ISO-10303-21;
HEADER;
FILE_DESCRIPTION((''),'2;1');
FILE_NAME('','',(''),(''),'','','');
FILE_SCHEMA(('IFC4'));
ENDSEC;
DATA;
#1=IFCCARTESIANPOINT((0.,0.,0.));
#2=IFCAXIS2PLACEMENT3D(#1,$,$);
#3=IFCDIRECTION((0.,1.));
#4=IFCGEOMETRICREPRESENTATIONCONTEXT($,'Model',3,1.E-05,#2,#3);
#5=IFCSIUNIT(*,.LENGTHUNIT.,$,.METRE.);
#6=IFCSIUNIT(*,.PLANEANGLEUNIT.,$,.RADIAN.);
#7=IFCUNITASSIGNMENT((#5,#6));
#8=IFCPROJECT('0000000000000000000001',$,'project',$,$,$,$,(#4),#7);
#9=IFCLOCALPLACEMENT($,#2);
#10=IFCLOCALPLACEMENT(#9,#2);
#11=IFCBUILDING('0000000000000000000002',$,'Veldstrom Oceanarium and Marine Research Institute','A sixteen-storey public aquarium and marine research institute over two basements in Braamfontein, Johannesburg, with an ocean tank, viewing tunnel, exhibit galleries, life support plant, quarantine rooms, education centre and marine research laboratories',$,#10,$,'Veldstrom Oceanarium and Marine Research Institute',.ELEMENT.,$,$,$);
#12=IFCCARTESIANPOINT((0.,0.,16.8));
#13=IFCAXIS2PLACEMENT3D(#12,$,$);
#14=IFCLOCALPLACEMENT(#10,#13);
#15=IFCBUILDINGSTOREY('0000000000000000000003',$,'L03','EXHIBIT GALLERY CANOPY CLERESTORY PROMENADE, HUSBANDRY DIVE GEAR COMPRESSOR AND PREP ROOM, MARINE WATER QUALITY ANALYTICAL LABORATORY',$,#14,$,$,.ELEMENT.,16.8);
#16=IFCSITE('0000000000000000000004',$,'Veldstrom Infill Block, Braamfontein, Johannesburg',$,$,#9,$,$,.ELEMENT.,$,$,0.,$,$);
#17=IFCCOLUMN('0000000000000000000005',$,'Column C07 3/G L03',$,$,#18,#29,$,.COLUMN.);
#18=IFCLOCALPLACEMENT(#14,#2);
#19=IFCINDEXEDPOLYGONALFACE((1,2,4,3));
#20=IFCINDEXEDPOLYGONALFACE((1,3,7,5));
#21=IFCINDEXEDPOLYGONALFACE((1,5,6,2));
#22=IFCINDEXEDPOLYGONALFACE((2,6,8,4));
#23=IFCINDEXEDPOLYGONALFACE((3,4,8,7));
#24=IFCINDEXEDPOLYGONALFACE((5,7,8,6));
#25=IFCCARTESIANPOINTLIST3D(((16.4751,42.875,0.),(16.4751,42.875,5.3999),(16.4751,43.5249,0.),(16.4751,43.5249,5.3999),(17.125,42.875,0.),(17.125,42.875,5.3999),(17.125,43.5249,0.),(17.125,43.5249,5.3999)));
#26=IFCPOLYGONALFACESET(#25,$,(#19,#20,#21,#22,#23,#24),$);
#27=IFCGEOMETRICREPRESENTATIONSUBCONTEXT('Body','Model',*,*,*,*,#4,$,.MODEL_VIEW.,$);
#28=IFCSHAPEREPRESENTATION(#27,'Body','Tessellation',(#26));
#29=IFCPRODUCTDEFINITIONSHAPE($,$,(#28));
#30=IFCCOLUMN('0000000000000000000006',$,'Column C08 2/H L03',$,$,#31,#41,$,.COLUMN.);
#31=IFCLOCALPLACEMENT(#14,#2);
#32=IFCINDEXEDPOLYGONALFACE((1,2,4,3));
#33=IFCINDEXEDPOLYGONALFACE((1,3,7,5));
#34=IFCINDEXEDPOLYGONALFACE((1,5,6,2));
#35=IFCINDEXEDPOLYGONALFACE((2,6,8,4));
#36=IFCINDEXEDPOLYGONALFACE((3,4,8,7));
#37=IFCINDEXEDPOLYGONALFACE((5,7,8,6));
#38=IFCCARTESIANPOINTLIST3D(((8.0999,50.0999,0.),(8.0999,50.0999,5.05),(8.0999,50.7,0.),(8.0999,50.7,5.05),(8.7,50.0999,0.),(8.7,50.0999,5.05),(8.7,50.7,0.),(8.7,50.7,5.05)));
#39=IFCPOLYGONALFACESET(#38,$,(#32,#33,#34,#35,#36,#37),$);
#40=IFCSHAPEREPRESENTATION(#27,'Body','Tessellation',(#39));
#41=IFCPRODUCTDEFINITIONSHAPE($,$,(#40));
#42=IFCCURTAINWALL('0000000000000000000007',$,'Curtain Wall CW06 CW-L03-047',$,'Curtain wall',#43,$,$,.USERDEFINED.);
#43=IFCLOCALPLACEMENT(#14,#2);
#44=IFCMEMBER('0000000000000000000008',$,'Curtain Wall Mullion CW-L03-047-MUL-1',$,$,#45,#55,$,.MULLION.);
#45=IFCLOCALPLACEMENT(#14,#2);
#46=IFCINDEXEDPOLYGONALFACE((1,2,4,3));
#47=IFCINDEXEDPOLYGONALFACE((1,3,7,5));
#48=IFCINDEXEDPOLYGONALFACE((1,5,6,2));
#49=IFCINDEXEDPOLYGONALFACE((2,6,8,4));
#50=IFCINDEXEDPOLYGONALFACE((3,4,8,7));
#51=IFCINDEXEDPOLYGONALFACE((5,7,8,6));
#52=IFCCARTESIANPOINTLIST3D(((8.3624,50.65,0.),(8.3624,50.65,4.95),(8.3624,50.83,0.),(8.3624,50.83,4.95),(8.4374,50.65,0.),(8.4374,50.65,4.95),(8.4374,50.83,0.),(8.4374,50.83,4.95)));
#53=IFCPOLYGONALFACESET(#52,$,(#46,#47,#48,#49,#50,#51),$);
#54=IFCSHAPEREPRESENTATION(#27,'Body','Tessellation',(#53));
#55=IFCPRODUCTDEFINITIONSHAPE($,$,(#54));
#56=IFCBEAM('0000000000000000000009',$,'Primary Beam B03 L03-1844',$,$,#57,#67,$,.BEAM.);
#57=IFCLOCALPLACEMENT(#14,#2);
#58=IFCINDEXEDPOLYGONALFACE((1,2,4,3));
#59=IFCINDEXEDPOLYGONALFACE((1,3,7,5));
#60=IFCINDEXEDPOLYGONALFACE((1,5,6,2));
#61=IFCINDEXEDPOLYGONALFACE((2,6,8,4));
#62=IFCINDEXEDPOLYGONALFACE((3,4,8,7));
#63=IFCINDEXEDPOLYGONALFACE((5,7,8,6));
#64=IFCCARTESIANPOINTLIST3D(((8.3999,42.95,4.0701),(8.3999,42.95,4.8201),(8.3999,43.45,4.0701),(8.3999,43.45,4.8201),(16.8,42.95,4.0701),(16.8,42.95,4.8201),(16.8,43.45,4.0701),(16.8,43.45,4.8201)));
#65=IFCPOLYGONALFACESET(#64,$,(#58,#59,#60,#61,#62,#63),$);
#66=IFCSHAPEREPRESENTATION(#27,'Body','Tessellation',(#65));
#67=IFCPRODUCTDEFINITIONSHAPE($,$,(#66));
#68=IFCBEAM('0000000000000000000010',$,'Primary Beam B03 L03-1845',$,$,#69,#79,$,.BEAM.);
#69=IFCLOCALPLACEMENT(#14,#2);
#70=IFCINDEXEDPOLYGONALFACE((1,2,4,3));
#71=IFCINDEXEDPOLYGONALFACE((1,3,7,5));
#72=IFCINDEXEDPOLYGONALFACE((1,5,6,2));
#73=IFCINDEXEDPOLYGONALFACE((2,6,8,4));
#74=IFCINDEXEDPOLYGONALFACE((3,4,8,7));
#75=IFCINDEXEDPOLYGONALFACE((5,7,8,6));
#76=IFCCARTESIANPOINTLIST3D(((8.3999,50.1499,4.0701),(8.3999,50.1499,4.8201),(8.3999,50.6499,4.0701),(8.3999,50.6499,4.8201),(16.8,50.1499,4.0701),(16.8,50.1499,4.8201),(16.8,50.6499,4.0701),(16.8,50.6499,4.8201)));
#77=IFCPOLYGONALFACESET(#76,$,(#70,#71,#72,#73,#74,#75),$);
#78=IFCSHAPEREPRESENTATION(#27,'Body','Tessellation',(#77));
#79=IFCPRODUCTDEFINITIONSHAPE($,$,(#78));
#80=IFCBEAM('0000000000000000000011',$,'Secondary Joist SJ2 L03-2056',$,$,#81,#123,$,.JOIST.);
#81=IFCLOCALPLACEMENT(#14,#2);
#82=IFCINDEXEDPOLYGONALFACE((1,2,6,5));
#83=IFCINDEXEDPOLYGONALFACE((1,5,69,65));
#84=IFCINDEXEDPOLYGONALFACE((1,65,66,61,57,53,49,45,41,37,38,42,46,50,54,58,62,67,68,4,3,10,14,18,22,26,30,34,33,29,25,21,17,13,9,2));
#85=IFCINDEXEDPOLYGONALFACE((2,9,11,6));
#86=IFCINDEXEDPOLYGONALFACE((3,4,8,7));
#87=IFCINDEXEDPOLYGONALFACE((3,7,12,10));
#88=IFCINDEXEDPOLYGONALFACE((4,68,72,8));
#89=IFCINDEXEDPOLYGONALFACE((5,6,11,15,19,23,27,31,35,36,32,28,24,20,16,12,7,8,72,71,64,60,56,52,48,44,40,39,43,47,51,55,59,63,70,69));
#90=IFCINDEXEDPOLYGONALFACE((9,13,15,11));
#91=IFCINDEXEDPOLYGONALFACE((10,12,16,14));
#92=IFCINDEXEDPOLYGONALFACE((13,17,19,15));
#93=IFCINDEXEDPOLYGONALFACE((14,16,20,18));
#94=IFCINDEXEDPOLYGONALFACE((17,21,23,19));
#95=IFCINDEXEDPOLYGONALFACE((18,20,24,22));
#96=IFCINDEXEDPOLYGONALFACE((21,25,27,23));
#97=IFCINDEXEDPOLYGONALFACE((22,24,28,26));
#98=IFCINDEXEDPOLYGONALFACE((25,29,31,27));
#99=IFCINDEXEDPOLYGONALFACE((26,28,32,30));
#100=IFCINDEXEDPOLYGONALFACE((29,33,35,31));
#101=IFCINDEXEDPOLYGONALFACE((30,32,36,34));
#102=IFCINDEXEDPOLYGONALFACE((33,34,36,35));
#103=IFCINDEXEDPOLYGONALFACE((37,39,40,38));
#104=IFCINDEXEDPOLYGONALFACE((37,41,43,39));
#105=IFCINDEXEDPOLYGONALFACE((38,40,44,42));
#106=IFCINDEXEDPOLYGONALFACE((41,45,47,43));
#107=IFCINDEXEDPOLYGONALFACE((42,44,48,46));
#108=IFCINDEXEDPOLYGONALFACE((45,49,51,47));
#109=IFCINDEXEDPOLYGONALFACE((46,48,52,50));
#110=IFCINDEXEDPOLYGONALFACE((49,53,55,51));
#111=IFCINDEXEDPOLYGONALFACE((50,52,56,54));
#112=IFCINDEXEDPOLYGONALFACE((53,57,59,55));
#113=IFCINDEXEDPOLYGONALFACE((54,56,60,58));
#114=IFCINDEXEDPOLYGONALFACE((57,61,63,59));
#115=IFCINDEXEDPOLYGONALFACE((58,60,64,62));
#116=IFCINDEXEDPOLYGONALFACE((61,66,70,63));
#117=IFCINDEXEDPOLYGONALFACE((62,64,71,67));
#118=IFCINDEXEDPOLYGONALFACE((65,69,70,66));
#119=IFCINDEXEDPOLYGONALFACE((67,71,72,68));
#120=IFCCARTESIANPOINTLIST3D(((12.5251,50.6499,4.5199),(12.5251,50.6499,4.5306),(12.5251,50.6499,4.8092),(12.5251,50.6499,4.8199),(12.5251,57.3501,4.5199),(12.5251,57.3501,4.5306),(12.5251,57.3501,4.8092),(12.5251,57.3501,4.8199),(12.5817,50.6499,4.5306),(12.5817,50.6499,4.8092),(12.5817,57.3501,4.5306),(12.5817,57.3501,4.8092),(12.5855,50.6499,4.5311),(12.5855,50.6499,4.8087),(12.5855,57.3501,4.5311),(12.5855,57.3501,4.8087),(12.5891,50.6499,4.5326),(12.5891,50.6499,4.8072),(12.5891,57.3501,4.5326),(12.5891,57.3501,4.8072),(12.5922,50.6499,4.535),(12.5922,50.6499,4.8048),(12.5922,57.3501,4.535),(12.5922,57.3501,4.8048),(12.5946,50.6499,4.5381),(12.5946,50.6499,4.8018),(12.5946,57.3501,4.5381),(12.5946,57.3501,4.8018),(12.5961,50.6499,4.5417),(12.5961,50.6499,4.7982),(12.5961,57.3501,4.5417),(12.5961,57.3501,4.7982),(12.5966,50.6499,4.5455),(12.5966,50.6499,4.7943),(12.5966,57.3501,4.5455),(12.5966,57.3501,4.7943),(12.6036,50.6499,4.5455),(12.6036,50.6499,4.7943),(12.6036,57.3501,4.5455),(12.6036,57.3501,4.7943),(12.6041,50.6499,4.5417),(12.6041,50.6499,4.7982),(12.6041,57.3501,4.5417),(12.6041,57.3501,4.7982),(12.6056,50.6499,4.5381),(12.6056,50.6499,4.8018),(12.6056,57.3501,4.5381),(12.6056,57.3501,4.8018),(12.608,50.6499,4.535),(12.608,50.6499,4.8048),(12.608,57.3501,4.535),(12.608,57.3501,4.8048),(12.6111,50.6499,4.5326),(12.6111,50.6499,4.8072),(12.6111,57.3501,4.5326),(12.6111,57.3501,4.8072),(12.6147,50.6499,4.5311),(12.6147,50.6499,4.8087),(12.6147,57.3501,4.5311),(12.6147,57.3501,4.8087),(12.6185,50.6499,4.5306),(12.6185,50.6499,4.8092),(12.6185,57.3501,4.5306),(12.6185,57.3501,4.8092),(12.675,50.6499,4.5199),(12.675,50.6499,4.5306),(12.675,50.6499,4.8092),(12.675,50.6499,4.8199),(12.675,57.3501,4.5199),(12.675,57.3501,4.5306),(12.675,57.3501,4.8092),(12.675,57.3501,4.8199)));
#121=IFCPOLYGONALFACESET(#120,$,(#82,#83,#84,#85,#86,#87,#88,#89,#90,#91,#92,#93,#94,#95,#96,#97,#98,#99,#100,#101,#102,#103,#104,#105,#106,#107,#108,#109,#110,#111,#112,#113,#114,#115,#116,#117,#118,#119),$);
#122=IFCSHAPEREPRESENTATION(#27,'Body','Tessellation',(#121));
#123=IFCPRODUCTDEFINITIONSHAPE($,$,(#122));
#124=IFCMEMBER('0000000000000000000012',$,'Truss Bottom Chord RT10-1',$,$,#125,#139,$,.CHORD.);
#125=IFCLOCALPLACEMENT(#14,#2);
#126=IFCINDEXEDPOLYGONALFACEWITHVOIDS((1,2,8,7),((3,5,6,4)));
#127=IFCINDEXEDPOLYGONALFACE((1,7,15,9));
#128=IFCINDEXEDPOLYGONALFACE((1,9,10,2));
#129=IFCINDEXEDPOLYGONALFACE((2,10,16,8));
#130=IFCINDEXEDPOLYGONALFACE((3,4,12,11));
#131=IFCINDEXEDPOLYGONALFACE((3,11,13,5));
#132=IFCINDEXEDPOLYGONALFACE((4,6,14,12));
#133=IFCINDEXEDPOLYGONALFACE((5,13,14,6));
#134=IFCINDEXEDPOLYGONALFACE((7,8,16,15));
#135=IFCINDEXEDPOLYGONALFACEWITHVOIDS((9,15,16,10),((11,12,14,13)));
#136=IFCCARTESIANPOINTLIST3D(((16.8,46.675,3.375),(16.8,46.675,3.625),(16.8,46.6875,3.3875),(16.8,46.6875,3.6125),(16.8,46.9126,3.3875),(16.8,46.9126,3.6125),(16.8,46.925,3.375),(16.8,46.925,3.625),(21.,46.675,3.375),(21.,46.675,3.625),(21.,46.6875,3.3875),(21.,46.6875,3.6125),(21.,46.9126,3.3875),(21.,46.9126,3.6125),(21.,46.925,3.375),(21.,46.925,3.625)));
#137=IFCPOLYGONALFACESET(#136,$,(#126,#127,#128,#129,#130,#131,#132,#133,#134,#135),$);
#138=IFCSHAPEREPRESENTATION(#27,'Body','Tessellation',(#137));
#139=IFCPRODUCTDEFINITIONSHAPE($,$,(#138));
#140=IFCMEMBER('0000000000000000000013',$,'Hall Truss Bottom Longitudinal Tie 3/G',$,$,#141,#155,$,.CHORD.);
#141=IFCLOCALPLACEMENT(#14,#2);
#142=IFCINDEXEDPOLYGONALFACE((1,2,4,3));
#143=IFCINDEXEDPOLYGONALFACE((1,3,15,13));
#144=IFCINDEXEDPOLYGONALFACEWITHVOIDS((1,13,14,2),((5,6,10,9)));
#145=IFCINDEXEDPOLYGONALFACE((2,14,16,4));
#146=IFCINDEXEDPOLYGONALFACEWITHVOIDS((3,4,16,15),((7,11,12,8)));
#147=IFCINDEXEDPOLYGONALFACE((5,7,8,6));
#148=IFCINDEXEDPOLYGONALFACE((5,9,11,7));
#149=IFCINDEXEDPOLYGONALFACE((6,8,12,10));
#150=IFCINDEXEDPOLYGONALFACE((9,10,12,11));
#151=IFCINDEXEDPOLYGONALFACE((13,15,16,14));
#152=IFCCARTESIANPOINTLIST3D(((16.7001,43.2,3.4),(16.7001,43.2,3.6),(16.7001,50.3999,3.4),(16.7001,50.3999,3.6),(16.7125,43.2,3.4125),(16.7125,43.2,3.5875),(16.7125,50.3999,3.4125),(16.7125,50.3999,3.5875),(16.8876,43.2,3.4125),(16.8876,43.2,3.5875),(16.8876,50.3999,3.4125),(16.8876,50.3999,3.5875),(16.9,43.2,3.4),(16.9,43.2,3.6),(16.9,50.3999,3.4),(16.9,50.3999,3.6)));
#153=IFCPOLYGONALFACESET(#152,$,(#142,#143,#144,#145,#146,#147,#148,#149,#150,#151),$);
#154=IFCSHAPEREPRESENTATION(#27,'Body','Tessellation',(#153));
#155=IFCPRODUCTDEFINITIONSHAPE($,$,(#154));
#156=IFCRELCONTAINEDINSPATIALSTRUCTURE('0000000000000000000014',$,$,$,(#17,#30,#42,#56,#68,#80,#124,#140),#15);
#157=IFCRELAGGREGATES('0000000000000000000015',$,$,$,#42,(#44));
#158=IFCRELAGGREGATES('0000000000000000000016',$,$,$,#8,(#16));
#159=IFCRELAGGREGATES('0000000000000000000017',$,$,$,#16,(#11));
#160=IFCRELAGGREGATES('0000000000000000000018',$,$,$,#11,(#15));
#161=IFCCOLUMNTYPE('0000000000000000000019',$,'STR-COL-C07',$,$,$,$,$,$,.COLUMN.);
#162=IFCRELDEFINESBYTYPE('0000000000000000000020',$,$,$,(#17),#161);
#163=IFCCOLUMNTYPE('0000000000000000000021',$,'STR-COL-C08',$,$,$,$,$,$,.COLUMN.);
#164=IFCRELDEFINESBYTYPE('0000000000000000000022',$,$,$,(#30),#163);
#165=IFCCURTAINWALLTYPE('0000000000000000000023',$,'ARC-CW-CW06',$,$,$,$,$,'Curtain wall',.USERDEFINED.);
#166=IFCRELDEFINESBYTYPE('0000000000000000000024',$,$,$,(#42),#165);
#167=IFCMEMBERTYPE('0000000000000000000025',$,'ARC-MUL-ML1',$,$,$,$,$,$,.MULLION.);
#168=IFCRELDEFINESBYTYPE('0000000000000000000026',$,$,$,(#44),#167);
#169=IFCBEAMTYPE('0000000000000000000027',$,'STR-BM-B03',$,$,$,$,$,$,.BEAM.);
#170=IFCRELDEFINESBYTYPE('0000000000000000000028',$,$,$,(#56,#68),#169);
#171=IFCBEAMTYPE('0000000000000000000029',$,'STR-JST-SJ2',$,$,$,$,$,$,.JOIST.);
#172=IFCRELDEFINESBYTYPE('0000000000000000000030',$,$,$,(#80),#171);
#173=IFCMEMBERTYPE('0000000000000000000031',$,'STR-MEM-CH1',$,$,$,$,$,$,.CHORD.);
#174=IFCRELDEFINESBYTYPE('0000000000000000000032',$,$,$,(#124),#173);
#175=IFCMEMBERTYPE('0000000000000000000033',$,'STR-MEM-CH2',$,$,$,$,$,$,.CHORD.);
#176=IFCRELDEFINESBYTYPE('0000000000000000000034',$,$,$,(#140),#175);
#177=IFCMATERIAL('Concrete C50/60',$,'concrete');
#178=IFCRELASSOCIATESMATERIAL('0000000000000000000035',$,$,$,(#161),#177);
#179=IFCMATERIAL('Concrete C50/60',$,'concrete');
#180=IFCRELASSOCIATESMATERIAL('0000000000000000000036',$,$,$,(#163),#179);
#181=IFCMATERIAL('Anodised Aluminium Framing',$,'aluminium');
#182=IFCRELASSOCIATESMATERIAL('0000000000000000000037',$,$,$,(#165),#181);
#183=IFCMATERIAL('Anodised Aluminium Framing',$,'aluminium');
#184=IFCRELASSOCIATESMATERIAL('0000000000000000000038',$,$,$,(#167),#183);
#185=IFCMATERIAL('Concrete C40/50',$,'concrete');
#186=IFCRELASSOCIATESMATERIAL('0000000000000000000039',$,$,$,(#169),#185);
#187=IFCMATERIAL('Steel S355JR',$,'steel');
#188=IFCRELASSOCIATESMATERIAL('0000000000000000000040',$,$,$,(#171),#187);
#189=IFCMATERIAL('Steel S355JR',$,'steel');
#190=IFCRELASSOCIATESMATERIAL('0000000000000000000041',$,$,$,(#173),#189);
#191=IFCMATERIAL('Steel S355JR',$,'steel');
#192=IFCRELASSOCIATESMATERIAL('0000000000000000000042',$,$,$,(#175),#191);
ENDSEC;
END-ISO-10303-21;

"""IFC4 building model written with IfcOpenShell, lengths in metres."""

from ifc_helpers import new_model, si_unit, direction, frame, origin, origin_2d, place, context, subcontext, project, spatial, rectangle, hollow_rectangle, i_section, extrude, material, material_profile, profile_set, type_object, element, aggregate, save


model = new_model("IFC4")

# Units and contexts
model_context = context("Model", 3, precision=1e-05, world=origin(), true_north=direction((0.0, 1.0)))
body_context = subcontext(model_context, "Body", "Model", "MODEL_VIEW")
ifc_project = project(units=[si_unit("LENGTHUNIT", "METRE"), si_unit("PLANEANGLEUNIT", "RADIAN")], contexts=[model_context])

# Site, building, storey
site_placement = place(None, origin())
site = spatial("IfcSite", under=ifc_project, at=site_placement, Name="Veldstrom Infill Block, Braamfontein, Johannesburg", CompositionType="ELEMENT", RefElevation=0.0)
building_placement = place(site_placement, origin())
building = spatial("IfcBuilding", under=site, at=building_placement, Name="Veldstrom Oceanarium and Marine Research Institute", Description="A sixteen-storey public aquarium and marine research institute over two basements in Braamfontein, Johannesburg, with an ocean tank, viewing tunnel, exhibit galleries, life support plant, quarantine rooms, education centre and marine research laboratories", LongName="Veldstrom Oceanarium and Marine Research Institute", CompositionType="ELEMENT")
storey_placement = place(building_placement, frame((0.0, 0.0, 16.8)))
storey = spatial("IfcBuildingStorey", under=building, at=storey_placement, Name="L03", Description="EXHIBIT GALLERY CANOPY CLERESTORY PROMENADE, HUSBANDRY DIVE GEAR COMPRESSOR AND PREP ROOM, MARINE WATER QUALITY ANALYTICAL LABORATORY", CompositionType="ELEMENT", Elevation=16.8)

# Columns
ifc_material_1 = material(Name="Concrete C50/60", Category="concrete")
ifc_material_profile_1 = material_profile(ifc_material_1, rectangle(XDim=0.6499, YDim=0.6499, at=origin_2d()), Name="RC-COL-650x650")
ifc_profile_set_1 = profile_set([ifc_material_profile_1], Name="Concrete C50/60")
column_type_1 = type_object("IfcColumnType", Name="STR-COL-C07", PredefinedType="COLUMN", material=ifc_profile_set_1)
column_1_placement = place(storey_placement, frame((16.8, 43.2, 0.0), z_axis=(0.0, 0.0, 1.0), x_axis=(1.0, 0.0, 0.0)))
element("IfcColumn", 1, at=column_1_placement, inside=storey, type_object=column_type_1, Name="Column C07 3/G L03", PredefinedType="COLUMN", context=body_context, shape_type="SweptSolid", body=[
    extrude(rectangle(XDim=0.6499, YDim=0.6499, at=origin_2d()), origin(), (0.0, 0.0, 1.0), 5.3999),
])
ifc_material_2 = material(Name="Concrete C50/60", Category="concrete")
ifc_material_profile_2 = material_profile(ifc_material_2, rectangle(XDim=0.6001, YDim=0.6001, at=origin_2d()), Name="RC-COL-600x600")
ifc_profile_set_2 = profile_set([ifc_material_profile_2], Name="Concrete C50/60")
column_type_2 = type_object("IfcColumnType", Name="STR-COL-C08", PredefinedType="COLUMN", material=ifc_profile_set_2)
column_2_placement = place(storey_placement, frame((8.3999, 50.3999, 0.0), z_axis=(0.0, 0.0, 1.0), x_axis=(1.0, 0.0, 0.0)))
element("IfcColumn", 2, at=column_2_placement, inside=storey, type_object=column_type_2, Name="Column C08 2/H L03", PredefinedType="COLUMN", context=body_context, shape_type="SweptSolid", body=[
    extrude(rectangle(XDim=0.6001, YDim=0.6001, at=origin_2d()), origin(), (0.0, 0.0, 1.0), 5.05),
])

# Curtain wall, member
ifc_material_3 = material(Name="Anodised Aluminium Framing", Category="aluminium")
curtain_wall_type = type_object("IfcCurtainWallType", Name="ARC-CW-CW06", ElementType="Curtain wall", PredefinedType="USERDEFINED", material=ifc_material_3)
curtain_wall_placement = place(storey_placement, origin())
curtain_wall = element("IfcCurtainWall", 3, at=curtain_wall_placement, inside=storey, type_object=curtain_wall_type, Name="Curtain Wall CW06 CW-L03-047", ObjectType="Curtain wall", PredefinedType="USERDEFINED")
ifc_material_4 = material(Name="Anodised Aluminium Framing", Category="aluminium")
ifc_material_profile_3 = material_profile(ifc_material_4, rectangle(XDim=0.075, YDim=0.1799, at=origin_2d()), Name="ALU-MUL-75x180")
ifc_profile_set_3 = profile_set([ifc_material_profile_3], Name="Anodised Aluminium Framing")
member_type_1 = type_object("IfcMemberType", Name="ARC-MUL-ML1", PredefinedType="MULLION", material=ifc_profile_set_3)
member_1_placement = place(storey_placement, frame((8.3999, 50.74, 0.0), z_axis=(0.0, 0.0, 1.0), x_axis=(1.0, 0.0, 0.0)))
member_1 = element("IfcMember", 4, at=member_1_placement, type_object=member_type_1, Name="Curtain Wall Mullion CW-L03-047-MUL-1", PredefinedType="MULLION", context=body_context, shape_type="SweptSolid", body=[
    extrude(rectangle(XDim=0.075, YDim=0.1799, at=origin_2d()), origin(), (0.0, 0.0, 1.0), 4.95),
])
aggregate(curtain_wall, [member_1])

# Beams
ifc_material_5 = material(Name="Concrete C40/50", Category="concrete")
ifc_material_profile_4 = material_profile(ifc_material_5, rectangle(XDim=0.5, YDim=0.75, at=origin_2d()), Name="RC-BM-500x750")
ifc_profile_set_4 = profile_set([ifc_material_profile_4], Name="Concrete C40/50")
beam_type_1 = type_object("IfcBeamType", Name="STR-BM-B03", PredefinedType="BEAM", material=ifc_profile_set_4)
for number, where, z_axis, x_axis, name in (
    (5, (8.3999, 43.2, 4.4451), (1.0, 0.0, 0.0), (0.0, 1.0, 0.0), "Primary Beam B03 L03-1844"),
    (6, (8.3999, 50.3999, 4.4451), (1.0, 0.0, 0.0), (0.0, 1.0, 0.0), "Primary Beam B03 L03-1845"),
):
    element("IfcBeam", number, at=place(storey_placement, frame(where, z_axis=z_axis, x_axis=x_axis)), inside=storey, type_object=beam_type_1, Name=name, PredefinedType="BEAM", context=body_context, shape_type="SweptSolid", body=[
        extrude(rectangle(XDim=0.5, YDim=0.75, at=origin_2d()), origin(), (0.0, 0.0, 1.0), 8.4001),
    ])
ifc_material_6 = material(Name="Steel S355JR", Category="steel")
ifc_material_profile_5 = material_profile(ifc_material_6, i_section(OverallWidth=0.1499, OverallDepth=0.3, WebThickness=0.0071, FlangeThickness=0.0107, FilletRadius=0.0149, at=origin_2d()), Name="IPE 300")
ifc_profile_set_5 = profile_set([ifc_material_profile_5], Name="Steel S355JR")
beam_type_2 = type_object("IfcBeamType", Name="STR-JST-SJ2", PredefinedType="JOIST", material=ifc_profile_set_5)
beam_1_placement = place(storey_placement, frame((12.6001, 50.6499, 4.6699), z_axis=(0.0, 1.0, 0.0), x_axis=(-1.0, 0.0, 0.0)))
element("IfcBeam", 7, at=beam_1_placement, inside=storey, type_object=beam_type_2, Name="Secondary Joist SJ2 L03-2056", PredefinedType="JOIST", context=body_context, shape_type="SweptSolid", body=[
    extrude(i_section(OverallWidth=0.1499, OverallDepth=0.3, WebThickness=0.0071, FlangeThickness=0.0107, FilletRadius=0.0149, at=origin_2d()), origin(), (0.0, 0.0, 1.0), 6.7002),
])

# Members
ifc_material_7 = material(Name="Steel S355JR", Category="steel")
ifc_material_profile_6 = material_profile(ifc_material_7, hollow_rectangle(XDim=0.25, YDim=0.25, WallThickness=0.0125, at=origin_2d()), Name="SHS 250x250x12.5")
ifc_profile_set_6 = profile_set([ifc_material_profile_6], Name="Steel S355JR")
member_type_2 = type_object("IfcMemberType", Name="STR-MEM-CH1", PredefinedType="CHORD", material=ifc_profile_set_6)
member_2_placement = place(storey_placement, frame((16.8, 46.8, 3.5), z_axis=(1.0, 0.0, 0.0), x_axis=(0.0, 1.0, 0.0)))
element("IfcMember", 8, at=member_2_placement, inside=storey, type_object=member_type_2, Name="Truss Bottom Chord RT10-1", PredefinedType="CHORD", context=body_context, shape_type="SweptSolid", body=[
    extrude(hollow_rectangle(XDim=0.25, YDim=0.25, WallThickness=0.0125, at=origin_2d()), origin(), (0.0, 0.0, 1.0), 4.2),
])
ifc_material_8 = material(Name="Steel S355JR", Category="steel")
ifc_material_profile_7 = material_profile(ifc_material_8, hollow_rectangle(XDim=0.2, YDim=0.2, WallThickness=0.0125, at=origin_2d()), Name="SHS 200x200x12.5")
ifc_profile_set_7 = profile_set([ifc_material_profile_7], Name="Steel S355JR")
member_type_3 = type_object("IfcMemberType", Name="STR-MEM-CH2", PredefinedType="CHORD", material=ifc_profile_set_7)
member_3_placement = place(storey_placement, frame((16.8, 43.2, 3.5), z_axis=(0.0, 1.0, 0.0), x_axis=(-1.0, 0.0, 0.0)))
element("IfcMember", 9, at=member_3_placement, inside=storey, type_object=member_type_3, Name="Hall Truss Bottom Longitudinal Tie 3/G", PredefinedType="CHORD", context=body_context, shape_type="SweptSolid", body=[
    extrude(hollow_rectangle(XDim=0.2, YDim=0.2, WallThickness=0.0125, at=origin_2d()), origin(), (0.0, 0.0, 1.0), 7.2),
])

save(model, "model.ifc")
